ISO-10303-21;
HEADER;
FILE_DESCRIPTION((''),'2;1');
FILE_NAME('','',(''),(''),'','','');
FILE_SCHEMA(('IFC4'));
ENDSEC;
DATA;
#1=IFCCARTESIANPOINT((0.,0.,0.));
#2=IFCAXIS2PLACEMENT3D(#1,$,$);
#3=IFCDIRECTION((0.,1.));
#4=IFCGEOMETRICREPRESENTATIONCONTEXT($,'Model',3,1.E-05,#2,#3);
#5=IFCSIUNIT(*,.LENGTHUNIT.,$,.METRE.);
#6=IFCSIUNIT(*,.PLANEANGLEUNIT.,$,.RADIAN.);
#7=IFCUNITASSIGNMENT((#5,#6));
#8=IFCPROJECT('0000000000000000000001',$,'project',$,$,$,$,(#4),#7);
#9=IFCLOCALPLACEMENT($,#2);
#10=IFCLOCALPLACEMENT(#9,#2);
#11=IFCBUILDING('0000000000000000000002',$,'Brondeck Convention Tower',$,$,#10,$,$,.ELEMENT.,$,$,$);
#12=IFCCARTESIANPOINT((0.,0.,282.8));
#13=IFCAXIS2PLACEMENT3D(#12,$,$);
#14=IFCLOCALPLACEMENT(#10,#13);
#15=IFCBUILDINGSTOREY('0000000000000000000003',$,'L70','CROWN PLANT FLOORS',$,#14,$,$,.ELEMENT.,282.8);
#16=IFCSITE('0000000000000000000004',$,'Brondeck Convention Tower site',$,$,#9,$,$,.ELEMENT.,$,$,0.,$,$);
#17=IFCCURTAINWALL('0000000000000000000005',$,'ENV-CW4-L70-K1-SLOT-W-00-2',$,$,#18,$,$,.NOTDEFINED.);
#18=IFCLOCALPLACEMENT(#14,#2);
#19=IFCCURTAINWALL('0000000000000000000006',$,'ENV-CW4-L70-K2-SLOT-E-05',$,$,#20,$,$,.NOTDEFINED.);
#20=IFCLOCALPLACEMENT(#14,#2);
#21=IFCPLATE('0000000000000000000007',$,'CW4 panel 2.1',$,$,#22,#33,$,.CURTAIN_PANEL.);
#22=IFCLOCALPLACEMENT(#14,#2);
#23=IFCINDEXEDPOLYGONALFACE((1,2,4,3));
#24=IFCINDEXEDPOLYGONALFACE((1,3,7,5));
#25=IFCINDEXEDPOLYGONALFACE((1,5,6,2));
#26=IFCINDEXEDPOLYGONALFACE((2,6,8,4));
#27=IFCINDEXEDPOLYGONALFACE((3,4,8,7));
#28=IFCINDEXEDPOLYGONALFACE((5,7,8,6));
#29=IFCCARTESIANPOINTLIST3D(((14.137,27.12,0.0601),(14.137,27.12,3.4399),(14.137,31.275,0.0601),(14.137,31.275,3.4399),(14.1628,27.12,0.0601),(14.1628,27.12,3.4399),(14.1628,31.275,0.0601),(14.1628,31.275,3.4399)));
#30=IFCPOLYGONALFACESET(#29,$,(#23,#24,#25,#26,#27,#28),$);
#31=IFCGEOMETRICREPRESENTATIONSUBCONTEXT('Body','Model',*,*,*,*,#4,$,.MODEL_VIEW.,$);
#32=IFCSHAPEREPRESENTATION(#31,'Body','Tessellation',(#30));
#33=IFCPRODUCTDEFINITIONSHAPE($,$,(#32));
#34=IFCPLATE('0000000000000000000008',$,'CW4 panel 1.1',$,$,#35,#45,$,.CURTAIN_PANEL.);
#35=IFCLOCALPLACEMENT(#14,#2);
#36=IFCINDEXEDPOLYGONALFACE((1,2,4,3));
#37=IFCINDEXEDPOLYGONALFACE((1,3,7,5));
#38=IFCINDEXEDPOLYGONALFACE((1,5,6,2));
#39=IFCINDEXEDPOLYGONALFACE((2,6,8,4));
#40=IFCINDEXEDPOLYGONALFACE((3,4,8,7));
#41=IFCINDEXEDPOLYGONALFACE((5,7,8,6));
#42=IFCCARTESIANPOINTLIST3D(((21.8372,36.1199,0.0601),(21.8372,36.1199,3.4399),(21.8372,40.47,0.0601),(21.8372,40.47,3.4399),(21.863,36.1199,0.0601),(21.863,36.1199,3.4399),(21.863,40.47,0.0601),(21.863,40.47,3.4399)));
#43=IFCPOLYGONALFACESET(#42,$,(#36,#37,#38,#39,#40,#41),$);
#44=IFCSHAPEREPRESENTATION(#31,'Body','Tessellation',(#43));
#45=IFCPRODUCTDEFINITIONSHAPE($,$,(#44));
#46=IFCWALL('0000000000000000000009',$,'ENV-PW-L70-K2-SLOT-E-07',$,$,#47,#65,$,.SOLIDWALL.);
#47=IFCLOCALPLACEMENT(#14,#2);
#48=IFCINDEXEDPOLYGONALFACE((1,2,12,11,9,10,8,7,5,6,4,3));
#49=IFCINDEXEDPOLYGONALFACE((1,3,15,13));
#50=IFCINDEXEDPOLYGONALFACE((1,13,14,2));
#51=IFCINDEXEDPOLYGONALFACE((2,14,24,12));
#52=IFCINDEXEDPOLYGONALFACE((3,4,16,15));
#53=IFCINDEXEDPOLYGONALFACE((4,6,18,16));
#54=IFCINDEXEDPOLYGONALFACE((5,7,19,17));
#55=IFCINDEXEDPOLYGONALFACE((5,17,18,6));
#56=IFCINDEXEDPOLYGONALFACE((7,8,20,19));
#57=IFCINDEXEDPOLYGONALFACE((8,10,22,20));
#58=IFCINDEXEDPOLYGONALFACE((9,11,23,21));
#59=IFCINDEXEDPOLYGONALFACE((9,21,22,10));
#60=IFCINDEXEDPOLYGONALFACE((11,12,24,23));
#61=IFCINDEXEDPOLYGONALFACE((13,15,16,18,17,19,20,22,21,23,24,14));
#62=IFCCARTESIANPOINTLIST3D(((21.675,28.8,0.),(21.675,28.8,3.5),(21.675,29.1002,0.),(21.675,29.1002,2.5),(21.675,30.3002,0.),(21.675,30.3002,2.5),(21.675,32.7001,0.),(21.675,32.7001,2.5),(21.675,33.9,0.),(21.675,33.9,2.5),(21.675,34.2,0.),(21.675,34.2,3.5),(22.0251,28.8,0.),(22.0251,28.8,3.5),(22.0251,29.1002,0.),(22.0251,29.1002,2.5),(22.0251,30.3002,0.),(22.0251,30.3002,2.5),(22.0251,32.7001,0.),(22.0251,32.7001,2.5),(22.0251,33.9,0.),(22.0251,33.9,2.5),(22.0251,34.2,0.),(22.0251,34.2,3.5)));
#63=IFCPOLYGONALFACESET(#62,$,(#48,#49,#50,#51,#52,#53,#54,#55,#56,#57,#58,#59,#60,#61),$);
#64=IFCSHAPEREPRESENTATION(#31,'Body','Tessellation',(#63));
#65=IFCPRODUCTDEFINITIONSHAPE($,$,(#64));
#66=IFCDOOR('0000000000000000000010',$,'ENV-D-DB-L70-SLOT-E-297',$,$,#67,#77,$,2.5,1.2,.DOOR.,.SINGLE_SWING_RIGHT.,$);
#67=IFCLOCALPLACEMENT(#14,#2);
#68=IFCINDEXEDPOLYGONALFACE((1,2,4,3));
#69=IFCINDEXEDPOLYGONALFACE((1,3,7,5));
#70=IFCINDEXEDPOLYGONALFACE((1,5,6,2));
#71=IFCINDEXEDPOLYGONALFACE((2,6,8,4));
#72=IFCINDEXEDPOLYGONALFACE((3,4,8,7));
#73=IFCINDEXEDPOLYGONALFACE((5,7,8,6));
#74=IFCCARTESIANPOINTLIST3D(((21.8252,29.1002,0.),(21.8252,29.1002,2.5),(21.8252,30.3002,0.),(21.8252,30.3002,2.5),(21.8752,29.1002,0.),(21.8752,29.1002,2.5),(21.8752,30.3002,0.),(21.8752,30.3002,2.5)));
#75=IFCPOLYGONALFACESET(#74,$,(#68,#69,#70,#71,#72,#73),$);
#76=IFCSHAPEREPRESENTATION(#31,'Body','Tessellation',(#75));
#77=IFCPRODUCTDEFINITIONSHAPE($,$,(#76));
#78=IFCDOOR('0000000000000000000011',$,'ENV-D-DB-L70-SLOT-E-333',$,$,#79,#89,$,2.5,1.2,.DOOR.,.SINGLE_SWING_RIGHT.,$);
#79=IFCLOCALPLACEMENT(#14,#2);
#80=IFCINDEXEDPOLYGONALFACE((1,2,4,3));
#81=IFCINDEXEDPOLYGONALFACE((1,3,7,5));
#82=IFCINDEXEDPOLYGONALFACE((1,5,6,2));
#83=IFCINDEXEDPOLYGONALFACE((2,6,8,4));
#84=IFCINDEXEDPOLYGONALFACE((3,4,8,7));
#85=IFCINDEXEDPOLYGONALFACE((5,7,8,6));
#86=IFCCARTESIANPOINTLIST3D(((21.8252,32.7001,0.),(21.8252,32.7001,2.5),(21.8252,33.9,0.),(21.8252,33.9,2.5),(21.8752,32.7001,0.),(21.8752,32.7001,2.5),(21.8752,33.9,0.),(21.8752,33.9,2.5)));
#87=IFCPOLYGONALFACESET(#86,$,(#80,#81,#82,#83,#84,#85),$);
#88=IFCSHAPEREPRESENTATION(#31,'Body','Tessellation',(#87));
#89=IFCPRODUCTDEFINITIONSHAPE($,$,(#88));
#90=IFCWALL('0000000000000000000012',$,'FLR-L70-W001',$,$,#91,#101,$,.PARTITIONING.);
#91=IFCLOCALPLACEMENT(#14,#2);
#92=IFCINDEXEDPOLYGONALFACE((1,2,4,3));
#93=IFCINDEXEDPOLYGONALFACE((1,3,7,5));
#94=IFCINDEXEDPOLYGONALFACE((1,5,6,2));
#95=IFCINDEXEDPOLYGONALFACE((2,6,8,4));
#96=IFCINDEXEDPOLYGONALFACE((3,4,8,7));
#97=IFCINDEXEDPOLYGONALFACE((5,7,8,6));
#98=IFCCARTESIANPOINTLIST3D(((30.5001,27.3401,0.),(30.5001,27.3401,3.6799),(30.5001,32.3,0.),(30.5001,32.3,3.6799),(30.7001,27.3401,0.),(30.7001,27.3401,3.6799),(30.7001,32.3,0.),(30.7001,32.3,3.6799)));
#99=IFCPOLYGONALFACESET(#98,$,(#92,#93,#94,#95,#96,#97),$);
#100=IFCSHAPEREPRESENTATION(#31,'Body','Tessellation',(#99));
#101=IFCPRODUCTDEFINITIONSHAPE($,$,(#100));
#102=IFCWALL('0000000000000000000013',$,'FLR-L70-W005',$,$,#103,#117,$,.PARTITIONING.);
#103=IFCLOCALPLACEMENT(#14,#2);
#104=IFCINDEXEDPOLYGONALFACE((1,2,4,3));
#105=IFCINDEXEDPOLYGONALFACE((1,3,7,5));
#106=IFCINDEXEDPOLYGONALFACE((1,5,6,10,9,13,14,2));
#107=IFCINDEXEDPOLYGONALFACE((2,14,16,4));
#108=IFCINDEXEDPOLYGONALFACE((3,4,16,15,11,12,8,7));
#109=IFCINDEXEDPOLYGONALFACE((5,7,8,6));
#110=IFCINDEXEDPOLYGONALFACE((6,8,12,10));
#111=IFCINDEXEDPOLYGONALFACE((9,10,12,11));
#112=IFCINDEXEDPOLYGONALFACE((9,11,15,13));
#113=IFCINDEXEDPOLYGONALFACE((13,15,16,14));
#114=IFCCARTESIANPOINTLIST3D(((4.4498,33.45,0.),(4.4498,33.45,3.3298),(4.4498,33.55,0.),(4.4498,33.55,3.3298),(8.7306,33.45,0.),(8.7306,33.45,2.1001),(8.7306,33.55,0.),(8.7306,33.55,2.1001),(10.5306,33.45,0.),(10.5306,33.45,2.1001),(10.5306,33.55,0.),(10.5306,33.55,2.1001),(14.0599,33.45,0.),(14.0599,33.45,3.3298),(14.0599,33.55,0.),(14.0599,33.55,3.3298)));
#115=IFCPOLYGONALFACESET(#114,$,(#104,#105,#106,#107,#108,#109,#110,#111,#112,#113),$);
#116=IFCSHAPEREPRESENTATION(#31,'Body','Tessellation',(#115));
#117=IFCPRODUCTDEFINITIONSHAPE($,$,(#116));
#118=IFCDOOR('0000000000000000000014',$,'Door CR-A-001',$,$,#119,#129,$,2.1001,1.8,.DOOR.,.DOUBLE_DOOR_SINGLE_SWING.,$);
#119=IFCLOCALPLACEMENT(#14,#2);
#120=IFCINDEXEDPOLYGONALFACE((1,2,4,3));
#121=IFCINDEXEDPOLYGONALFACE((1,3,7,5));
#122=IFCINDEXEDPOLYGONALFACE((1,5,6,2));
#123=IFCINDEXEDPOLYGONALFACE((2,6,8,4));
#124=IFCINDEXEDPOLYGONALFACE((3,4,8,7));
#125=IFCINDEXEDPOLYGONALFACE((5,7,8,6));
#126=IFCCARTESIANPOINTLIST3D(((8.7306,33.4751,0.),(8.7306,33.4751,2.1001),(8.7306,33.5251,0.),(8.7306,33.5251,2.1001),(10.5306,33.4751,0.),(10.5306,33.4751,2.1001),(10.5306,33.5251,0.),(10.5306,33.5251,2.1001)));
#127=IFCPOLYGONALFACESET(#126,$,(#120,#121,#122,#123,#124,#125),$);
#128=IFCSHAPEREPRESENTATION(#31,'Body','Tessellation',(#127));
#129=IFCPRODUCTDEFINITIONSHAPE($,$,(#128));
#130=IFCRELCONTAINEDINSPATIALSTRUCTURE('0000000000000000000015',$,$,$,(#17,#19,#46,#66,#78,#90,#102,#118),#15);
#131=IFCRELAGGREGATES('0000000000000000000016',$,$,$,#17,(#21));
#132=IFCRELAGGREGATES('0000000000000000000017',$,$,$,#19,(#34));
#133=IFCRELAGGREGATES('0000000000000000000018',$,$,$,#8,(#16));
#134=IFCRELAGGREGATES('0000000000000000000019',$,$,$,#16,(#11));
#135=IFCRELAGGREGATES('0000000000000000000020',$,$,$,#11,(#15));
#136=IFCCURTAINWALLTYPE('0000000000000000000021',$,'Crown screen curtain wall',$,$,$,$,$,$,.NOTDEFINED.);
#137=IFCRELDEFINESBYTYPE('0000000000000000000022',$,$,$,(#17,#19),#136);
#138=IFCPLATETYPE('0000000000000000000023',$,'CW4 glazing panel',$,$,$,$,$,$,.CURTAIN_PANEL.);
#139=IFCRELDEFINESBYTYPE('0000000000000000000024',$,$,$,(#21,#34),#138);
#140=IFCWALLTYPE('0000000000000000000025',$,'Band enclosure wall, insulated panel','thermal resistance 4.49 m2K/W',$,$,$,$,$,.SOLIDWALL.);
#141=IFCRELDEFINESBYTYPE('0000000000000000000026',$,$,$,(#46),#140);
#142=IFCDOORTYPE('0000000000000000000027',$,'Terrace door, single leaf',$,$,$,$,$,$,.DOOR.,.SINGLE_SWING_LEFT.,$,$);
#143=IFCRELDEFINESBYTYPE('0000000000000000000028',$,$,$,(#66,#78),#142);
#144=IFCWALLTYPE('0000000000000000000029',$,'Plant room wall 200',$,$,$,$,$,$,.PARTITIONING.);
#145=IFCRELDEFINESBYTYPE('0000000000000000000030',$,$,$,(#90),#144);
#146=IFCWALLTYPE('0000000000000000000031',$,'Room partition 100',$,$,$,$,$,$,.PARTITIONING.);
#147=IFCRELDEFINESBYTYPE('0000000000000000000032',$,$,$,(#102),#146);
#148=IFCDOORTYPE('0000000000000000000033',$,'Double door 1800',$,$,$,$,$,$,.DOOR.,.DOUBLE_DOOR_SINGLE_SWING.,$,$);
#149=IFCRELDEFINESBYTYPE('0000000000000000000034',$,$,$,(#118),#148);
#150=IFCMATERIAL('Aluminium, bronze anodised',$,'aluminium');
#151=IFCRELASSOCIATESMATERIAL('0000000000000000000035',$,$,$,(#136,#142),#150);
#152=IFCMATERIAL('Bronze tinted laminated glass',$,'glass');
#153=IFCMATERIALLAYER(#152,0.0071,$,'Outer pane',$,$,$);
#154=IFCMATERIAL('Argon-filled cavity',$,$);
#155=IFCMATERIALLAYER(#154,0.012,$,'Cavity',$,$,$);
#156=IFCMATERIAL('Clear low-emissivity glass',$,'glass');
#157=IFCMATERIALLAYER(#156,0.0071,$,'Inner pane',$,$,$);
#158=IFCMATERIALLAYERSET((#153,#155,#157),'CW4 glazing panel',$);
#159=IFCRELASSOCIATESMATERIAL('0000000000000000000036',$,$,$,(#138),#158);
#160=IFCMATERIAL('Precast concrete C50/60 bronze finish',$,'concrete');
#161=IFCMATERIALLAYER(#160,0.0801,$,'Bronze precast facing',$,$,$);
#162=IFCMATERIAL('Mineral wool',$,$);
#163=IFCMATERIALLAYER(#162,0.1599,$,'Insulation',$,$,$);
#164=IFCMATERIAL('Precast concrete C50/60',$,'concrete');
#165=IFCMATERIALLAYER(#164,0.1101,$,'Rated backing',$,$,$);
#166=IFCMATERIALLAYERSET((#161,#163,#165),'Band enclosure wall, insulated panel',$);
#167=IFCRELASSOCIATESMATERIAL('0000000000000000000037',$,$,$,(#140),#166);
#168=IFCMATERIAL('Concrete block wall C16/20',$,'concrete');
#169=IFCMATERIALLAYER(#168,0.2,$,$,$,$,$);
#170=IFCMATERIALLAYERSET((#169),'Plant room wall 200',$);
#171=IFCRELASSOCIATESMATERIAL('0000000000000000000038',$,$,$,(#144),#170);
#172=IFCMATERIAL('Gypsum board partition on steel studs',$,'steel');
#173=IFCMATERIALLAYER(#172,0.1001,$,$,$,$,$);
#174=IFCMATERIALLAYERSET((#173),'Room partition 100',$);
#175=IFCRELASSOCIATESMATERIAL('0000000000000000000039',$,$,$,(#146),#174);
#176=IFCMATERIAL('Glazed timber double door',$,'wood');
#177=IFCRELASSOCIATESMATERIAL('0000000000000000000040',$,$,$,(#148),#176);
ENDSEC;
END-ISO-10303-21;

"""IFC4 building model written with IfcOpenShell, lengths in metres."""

from ifc_helpers import new_model, si_unit, direction, frame, frame_2d, origin, origin_2d, place, context, subcontext, project, spatial, rectangle, extrude, material, layer, layer_set, type_object, element, fill, aggregate, save


model = new_model("IFC4")

# Units and contexts
model_context = context("Model", 3, precision=1e-05, world=origin(), true_north=direction((0.0, 1.0)))
body_context = subcontext(model_context, "Body", "Model", "MODEL_VIEW")
ifc_project = project(units=[si_unit("LENGTHUNIT", "METRE"), si_unit("PLANEANGLEUNIT", "RADIAN")], contexts=[model_context])

# Site, building, storey
site_placement = place(None, origin())
site = spatial("IfcSite", under=ifc_project, at=site_placement, Name="Brondeck Convention Tower site", CompositionType="ELEMENT", RefElevation=0.0)
building_placement = place(site_placement, origin())
building = spatial("IfcBuilding", under=site, at=building_placement, Name="Brondeck Convention Tower", CompositionType="ELEMENT")
storey_placement = place(building_placement, frame((0.0, 0.0, 282.8)))
storey = spatial("IfcBuildingStorey", under=building, at=storey_placement, Name="L70", Description="CROWN PLANT FLOORS", CompositionType="ELEMENT", Elevation=282.8)

# Curtain walls
ifc_material_1 = material(Name="Aluminium, bronze anodised", Category="aluminium")
curtain_wall_type = type_object("IfcCurtainWallType", Name="Crown screen curtain wall", PredefinedType="NOTDEFINED", material=ifc_material_1)
curtain_wall_1_placement = place(storey_placement, origin())
curtain_wall_1 = element("IfcCurtainWall", 1, at=curtain_wall_1_placement, inside=storey, type_object=curtain_wall_type, Name="ENV-CW4-L70-K1-SLOT-W-00-2", PredefinedType="NOTDEFINED")
curtain_wall_2_placement = place(storey_placement, origin())
curtain_wall_2 = element("IfcCurtainWall", 2, at=curtain_wall_2_placement, inside=storey, type_object=curtain_wall_type, Name="ENV-CW4-L70-K2-SLOT-E-05", PredefinedType="NOTDEFINED")

# Plates
ifc_material_2 = material(Name="Bronze tinted laminated glass", Category="glass")
ifc_layer_1 = layer(ifc_material_2, 0.0071, Name="Outer pane")
ifc_material_3 = material(Name="Argon-filled cavity")
ifc_layer_2 = layer(ifc_material_3, 0.012, Name="Cavity")
ifc_material_4 = material(Name="Clear low-emissivity glass", Category="glass")
ifc_layer_3 = layer(ifc_material_4, 0.0071, Name="Inner pane")
ifc_layer_set_1 = layer_set([ifc_layer_1, ifc_layer_2, ifc_layer_3], Name="CW4 glazing panel")
plate_type = type_object("IfcPlateType", Name="CW4 glazing panel", PredefinedType="CURTAIN_PANEL", material=ifc_layer_set_1)
plate_1_placement = place(storey_placement, frame((14.1499, 29.1975, 0.0601), z_axis=(0.0, 0.0, 1.0), x_axis=(0.0, -1.0, 0.0)))
plate_1 = element("IfcPlate", 3, at=plate_1_placement, type_object=plate_type, Name="CW4 panel 2.1", PredefinedType="CURTAIN_PANEL", context=body_context, shape_type="SweptSolid", body=[
    extrude(rectangle(XDim=4.155, YDim=0.0259, at=origin_2d()), origin(), (0.0, 0.0, 1.0), 3.3799),
])
aggregate(curtain_wall_1, [plate_1])
plate_2_placement = place(storey_placement, frame((21.8501, 38.2949, 0.0601), z_axis=(0.0, 0.0, 1.0), x_axis=(0.0, 1.0, 0.0)))
plate_2 = element("IfcPlate", 4, at=plate_2_placement, type_object=plate_type, Name="CW4 panel 1.1", PredefinedType="CURTAIN_PANEL", context=body_context, shape_type="SweptSolid", body=[
    extrude(rectangle(XDim=4.3501, YDim=0.0259, at=origin_2d()), origin(), (0.0, 0.0, 1.0), 3.3799),
])
aggregate(curtain_wall_2, [plate_2])

# Wall, openings, doors
ifc_material_5 = material(Name="Precast concrete C50/60 bronze finish", Category="concrete")
ifc_layer_4 = layer(ifc_material_5, 0.0801, Name="Bronze precast facing")
ifc_material_6 = material(Name="Mineral wool")
ifc_layer_5 = layer(ifc_material_6, 0.1599, Name="Insulation")
ifc_material_7 = material(Name="Precast concrete C50/60", Category="concrete")
ifc_layer_6 = layer(ifc_material_7, 0.1101, Name="Rated backing")
ifc_layer_set_2 = layer_set([ifc_layer_4, ifc_layer_5, ifc_layer_6], Name="Band enclosure wall, insulated panel")
wall_type_1 = type_object("IfcWallType", Name="Band enclosure wall, insulated panel", Description="thermal resistance 4.49 m2K/W", PredefinedType="SOLIDWALL", material=ifc_layer_set_2)
wall_1_placement = place(storey_placement, frame((21.8501, 28.8, 0.0), z_axis=(0.0, 0.0, 1.0), x_axis=(0.0, 1.0, 0.0)))
wall_1 = element("IfcWall", 5, at=wall_1_placement, inside=storey, type_object=wall_type_1, Name="ENV-PW-L70-K2-SLOT-E-07", PredefinedType="SOLIDWALL", context=body_context, shape_type="SweptSolid", body=[
    extrude(rectangle(XDim=5.3999, YDim=0.3501, at=frame_2d((2.7, 0.0))), origin(), (0.0, 0.0, 1.0), 3.5),
])
opening_1_placement = place(wall_1_placement, frame((0.3, 0.0, 0.0)))
opening_1 = element("IfcOpeningElement", 6, at=opening_1_placement, cuts=wall_1, PredefinedType="OPENING", context=body_context, shape_type="SweptSolid", body=[
    extrude(rectangle(XDim=1.2, YDim=2.5, at=frame_2d((0.6001, 1.25))), frame((0.0, 0.1851, 0.0), z_axis=(0.0, -1.0, 0.0), x_axis=(1.0, 0.0, 0.0)), (0.0, 0.0, 1.0), 0.3701),
])
opening_2_placement = place(wall_1_placement, frame((3.8999, 0.0, 0.0)))
opening_2 = element("IfcOpeningElement", 7, at=opening_2_placement, cuts=wall_1, PredefinedType="OPENING", context=body_context, shape_type="SweptSolid", body=[
    extrude(rectangle(XDim=1.2, YDim=2.5, at=frame_2d((0.6001, 1.25))), frame((0.0, 0.1851, 0.0), z_axis=(0.0, -1.0, 0.0), x_axis=(1.0, 0.0, 0.0)), (0.0, 0.0, 1.0), 0.3701),
])
door_type_1 = type_object("IfcDoorType", Name="Terrace door, single leaf", OperationType="SINGLE_SWING_LEFT", PredefinedType="DOOR", material=ifc_material_1)
door_1_placement = place(opening_1_placement, origin())
door_1 = element("IfcDoor", 8, at=door_1_placement, inside=storey, type_object=door_type_1, Name="ENV-D-DB-L70-SLOT-E-297", OperationType="SINGLE_SWING_RIGHT", OverallHeight=2.5, OverallWidth=1.2, PredefinedType="DOOR", context=body_context, shape_type="SweptSolid", body=[
    extrude(rectangle(XDim=1.2, YDim=2.5, at=frame_2d((0.6001, 1.25))), frame((0.0, 0.0249, 0.0), z_axis=(0.0, -1.0, 0.0), x_axis=(1.0, 0.0, 0.0)), (0.0, 0.0, 1.0), 0.05),
])
fill(opening_1, door_1)
door_2_placement = place(opening_2_placement, origin())
door_2 = element("IfcDoor", 9, at=door_2_placement, inside=storey, type_object=door_type_1, Name="ENV-D-DB-L70-SLOT-E-333", OperationType="SINGLE_SWING_RIGHT", OverallHeight=2.5, OverallWidth=1.2, PredefinedType="DOOR", context=body_context, shape_type="SweptSolid", body=[
    extrude(rectangle(XDim=1.2, YDim=2.5, at=frame_2d((0.6001, 1.25))), frame((0.0, 0.0249, 0.0), z_axis=(0.0, -1.0, 0.0), x_axis=(1.0, 0.0, 0.0)), (0.0, 0.0, 1.0), 0.05),
])
fill(opening_2, door_2)

# Wall
ifc_material_8 = material(Name="Concrete block wall C16/20", Category="concrete")
ifc_layer_7 = layer(ifc_material_8, 0.2)
ifc_layer_set_3 = layer_set([ifc_layer_7], Name="Plant room wall 200")
wall_type_2 = type_object("IfcWallType", Name="Plant room wall 200", PredefinedType="PARTITIONING", material=ifc_layer_set_3)
wall_2_placement = place(storey_placement, frame((30.6001, 32.3, 0.0), z_axis=(0.0, 0.0, 1.0), x_axis=(0.0, -1.0, 0.0)))
element("IfcWall", 10, at=wall_2_placement, inside=storey, type_object=wall_type_2, Name="FLR-L70-W001", PredefinedType="PARTITIONING", context=body_context, shape_type="SweptSolid", body=[
    extrude(rectangle(XDim=4.96, YDim=0.2, at=frame_2d((2.48, 0.0))), origin(), (0.0, 0.0, 1.0), 3.6799),
])

# Wall, opening, door
ifc_material_9 = material(Name="Gypsum board partition on steel studs", Category="steel")
ifc_layer_8 = layer(ifc_material_9, 0.1001)
ifc_layer_set_4 = layer_set([ifc_layer_8], Name="Room partition 100")
wall_type_3 = type_object("IfcWallType", Name="Room partition 100", PredefinedType="PARTITIONING", material=ifc_layer_set_4)
wall_3_placement = place(storey_placement, frame((14.0601, 33.5, 0.0), z_axis=(0.0, 0.0, 1.0), x_axis=(-1.0, 0.0, 0.0)))
wall_3 = element("IfcWall", 11, at=wall_3_placement, inside=storey, type_object=wall_type_3, Name="FLR-L70-W005", PredefinedType="PARTITIONING", context=body_context, shape_type="SweptSolid", body=[
    extrude(rectangle(XDim=9.6101, YDim=0.1001, at=frame_2d((4.8052, 0.0))), origin(), (0.0, 0.0, 1.0), 3.3298),
])
opening_3_placement = place(wall_3_placement, frame((3.5295, 0.0, 0.0)))
opening_3 = element("IfcOpeningElement", 12, at=opening_3_placement, cuts=wall_3, PredefinedType="OPENING", context=body_context, shape_type="SweptSolid", body=[
    extrude(rectangle(XDim=1.8, YDim=2.1001, at=frame_2d((0.8999, 1.05))), frame((0.0, 0.0601, 0.0), z_axis=(0.0, -1.0, 0.0), x_axis=(1.0, 0.0, 0.0)), (0.0, 0.0, 1.0), 0.1201),
])
ifc_material_10 = material(Name="Glazed timber double door", Category="wood")
door_type_2 = type_object("IfcDoorType", Name="Double door 1800", OperationType="DOUBLE_DOOR_SINGLE_SWING", PredefinedType="DOOR", material=ifc_material_10)
door_3_placement = place(opening_3_placement, origin())
door_3 = element("IfcDoor", 13, at=door_3_placement, inside=storey, type_object=door_type_2, Name="Door CR-A-001", OperationType="DOUBLE_DOOR_SINGLE_SWING", OverallHeight=2.1001, OverallWidth=1.8, PredefinedType="DOOR", context=body_context, shape_type="SweptSolid", body=[
    extrude(rectangle(XDim=1.8, YDim=2.1001, at=frame_2d((0.8999, 1.05))), frame((0.0, 0.0249, 0.0), z_axis=(0.0, -1.0, 0.0), x_axis=(1.0, 0.0, 0.0)), (0.0, 0.0, 1.0), 0.05),
])
fill(opening_3, door_3)

save(model, "model.ifc")
